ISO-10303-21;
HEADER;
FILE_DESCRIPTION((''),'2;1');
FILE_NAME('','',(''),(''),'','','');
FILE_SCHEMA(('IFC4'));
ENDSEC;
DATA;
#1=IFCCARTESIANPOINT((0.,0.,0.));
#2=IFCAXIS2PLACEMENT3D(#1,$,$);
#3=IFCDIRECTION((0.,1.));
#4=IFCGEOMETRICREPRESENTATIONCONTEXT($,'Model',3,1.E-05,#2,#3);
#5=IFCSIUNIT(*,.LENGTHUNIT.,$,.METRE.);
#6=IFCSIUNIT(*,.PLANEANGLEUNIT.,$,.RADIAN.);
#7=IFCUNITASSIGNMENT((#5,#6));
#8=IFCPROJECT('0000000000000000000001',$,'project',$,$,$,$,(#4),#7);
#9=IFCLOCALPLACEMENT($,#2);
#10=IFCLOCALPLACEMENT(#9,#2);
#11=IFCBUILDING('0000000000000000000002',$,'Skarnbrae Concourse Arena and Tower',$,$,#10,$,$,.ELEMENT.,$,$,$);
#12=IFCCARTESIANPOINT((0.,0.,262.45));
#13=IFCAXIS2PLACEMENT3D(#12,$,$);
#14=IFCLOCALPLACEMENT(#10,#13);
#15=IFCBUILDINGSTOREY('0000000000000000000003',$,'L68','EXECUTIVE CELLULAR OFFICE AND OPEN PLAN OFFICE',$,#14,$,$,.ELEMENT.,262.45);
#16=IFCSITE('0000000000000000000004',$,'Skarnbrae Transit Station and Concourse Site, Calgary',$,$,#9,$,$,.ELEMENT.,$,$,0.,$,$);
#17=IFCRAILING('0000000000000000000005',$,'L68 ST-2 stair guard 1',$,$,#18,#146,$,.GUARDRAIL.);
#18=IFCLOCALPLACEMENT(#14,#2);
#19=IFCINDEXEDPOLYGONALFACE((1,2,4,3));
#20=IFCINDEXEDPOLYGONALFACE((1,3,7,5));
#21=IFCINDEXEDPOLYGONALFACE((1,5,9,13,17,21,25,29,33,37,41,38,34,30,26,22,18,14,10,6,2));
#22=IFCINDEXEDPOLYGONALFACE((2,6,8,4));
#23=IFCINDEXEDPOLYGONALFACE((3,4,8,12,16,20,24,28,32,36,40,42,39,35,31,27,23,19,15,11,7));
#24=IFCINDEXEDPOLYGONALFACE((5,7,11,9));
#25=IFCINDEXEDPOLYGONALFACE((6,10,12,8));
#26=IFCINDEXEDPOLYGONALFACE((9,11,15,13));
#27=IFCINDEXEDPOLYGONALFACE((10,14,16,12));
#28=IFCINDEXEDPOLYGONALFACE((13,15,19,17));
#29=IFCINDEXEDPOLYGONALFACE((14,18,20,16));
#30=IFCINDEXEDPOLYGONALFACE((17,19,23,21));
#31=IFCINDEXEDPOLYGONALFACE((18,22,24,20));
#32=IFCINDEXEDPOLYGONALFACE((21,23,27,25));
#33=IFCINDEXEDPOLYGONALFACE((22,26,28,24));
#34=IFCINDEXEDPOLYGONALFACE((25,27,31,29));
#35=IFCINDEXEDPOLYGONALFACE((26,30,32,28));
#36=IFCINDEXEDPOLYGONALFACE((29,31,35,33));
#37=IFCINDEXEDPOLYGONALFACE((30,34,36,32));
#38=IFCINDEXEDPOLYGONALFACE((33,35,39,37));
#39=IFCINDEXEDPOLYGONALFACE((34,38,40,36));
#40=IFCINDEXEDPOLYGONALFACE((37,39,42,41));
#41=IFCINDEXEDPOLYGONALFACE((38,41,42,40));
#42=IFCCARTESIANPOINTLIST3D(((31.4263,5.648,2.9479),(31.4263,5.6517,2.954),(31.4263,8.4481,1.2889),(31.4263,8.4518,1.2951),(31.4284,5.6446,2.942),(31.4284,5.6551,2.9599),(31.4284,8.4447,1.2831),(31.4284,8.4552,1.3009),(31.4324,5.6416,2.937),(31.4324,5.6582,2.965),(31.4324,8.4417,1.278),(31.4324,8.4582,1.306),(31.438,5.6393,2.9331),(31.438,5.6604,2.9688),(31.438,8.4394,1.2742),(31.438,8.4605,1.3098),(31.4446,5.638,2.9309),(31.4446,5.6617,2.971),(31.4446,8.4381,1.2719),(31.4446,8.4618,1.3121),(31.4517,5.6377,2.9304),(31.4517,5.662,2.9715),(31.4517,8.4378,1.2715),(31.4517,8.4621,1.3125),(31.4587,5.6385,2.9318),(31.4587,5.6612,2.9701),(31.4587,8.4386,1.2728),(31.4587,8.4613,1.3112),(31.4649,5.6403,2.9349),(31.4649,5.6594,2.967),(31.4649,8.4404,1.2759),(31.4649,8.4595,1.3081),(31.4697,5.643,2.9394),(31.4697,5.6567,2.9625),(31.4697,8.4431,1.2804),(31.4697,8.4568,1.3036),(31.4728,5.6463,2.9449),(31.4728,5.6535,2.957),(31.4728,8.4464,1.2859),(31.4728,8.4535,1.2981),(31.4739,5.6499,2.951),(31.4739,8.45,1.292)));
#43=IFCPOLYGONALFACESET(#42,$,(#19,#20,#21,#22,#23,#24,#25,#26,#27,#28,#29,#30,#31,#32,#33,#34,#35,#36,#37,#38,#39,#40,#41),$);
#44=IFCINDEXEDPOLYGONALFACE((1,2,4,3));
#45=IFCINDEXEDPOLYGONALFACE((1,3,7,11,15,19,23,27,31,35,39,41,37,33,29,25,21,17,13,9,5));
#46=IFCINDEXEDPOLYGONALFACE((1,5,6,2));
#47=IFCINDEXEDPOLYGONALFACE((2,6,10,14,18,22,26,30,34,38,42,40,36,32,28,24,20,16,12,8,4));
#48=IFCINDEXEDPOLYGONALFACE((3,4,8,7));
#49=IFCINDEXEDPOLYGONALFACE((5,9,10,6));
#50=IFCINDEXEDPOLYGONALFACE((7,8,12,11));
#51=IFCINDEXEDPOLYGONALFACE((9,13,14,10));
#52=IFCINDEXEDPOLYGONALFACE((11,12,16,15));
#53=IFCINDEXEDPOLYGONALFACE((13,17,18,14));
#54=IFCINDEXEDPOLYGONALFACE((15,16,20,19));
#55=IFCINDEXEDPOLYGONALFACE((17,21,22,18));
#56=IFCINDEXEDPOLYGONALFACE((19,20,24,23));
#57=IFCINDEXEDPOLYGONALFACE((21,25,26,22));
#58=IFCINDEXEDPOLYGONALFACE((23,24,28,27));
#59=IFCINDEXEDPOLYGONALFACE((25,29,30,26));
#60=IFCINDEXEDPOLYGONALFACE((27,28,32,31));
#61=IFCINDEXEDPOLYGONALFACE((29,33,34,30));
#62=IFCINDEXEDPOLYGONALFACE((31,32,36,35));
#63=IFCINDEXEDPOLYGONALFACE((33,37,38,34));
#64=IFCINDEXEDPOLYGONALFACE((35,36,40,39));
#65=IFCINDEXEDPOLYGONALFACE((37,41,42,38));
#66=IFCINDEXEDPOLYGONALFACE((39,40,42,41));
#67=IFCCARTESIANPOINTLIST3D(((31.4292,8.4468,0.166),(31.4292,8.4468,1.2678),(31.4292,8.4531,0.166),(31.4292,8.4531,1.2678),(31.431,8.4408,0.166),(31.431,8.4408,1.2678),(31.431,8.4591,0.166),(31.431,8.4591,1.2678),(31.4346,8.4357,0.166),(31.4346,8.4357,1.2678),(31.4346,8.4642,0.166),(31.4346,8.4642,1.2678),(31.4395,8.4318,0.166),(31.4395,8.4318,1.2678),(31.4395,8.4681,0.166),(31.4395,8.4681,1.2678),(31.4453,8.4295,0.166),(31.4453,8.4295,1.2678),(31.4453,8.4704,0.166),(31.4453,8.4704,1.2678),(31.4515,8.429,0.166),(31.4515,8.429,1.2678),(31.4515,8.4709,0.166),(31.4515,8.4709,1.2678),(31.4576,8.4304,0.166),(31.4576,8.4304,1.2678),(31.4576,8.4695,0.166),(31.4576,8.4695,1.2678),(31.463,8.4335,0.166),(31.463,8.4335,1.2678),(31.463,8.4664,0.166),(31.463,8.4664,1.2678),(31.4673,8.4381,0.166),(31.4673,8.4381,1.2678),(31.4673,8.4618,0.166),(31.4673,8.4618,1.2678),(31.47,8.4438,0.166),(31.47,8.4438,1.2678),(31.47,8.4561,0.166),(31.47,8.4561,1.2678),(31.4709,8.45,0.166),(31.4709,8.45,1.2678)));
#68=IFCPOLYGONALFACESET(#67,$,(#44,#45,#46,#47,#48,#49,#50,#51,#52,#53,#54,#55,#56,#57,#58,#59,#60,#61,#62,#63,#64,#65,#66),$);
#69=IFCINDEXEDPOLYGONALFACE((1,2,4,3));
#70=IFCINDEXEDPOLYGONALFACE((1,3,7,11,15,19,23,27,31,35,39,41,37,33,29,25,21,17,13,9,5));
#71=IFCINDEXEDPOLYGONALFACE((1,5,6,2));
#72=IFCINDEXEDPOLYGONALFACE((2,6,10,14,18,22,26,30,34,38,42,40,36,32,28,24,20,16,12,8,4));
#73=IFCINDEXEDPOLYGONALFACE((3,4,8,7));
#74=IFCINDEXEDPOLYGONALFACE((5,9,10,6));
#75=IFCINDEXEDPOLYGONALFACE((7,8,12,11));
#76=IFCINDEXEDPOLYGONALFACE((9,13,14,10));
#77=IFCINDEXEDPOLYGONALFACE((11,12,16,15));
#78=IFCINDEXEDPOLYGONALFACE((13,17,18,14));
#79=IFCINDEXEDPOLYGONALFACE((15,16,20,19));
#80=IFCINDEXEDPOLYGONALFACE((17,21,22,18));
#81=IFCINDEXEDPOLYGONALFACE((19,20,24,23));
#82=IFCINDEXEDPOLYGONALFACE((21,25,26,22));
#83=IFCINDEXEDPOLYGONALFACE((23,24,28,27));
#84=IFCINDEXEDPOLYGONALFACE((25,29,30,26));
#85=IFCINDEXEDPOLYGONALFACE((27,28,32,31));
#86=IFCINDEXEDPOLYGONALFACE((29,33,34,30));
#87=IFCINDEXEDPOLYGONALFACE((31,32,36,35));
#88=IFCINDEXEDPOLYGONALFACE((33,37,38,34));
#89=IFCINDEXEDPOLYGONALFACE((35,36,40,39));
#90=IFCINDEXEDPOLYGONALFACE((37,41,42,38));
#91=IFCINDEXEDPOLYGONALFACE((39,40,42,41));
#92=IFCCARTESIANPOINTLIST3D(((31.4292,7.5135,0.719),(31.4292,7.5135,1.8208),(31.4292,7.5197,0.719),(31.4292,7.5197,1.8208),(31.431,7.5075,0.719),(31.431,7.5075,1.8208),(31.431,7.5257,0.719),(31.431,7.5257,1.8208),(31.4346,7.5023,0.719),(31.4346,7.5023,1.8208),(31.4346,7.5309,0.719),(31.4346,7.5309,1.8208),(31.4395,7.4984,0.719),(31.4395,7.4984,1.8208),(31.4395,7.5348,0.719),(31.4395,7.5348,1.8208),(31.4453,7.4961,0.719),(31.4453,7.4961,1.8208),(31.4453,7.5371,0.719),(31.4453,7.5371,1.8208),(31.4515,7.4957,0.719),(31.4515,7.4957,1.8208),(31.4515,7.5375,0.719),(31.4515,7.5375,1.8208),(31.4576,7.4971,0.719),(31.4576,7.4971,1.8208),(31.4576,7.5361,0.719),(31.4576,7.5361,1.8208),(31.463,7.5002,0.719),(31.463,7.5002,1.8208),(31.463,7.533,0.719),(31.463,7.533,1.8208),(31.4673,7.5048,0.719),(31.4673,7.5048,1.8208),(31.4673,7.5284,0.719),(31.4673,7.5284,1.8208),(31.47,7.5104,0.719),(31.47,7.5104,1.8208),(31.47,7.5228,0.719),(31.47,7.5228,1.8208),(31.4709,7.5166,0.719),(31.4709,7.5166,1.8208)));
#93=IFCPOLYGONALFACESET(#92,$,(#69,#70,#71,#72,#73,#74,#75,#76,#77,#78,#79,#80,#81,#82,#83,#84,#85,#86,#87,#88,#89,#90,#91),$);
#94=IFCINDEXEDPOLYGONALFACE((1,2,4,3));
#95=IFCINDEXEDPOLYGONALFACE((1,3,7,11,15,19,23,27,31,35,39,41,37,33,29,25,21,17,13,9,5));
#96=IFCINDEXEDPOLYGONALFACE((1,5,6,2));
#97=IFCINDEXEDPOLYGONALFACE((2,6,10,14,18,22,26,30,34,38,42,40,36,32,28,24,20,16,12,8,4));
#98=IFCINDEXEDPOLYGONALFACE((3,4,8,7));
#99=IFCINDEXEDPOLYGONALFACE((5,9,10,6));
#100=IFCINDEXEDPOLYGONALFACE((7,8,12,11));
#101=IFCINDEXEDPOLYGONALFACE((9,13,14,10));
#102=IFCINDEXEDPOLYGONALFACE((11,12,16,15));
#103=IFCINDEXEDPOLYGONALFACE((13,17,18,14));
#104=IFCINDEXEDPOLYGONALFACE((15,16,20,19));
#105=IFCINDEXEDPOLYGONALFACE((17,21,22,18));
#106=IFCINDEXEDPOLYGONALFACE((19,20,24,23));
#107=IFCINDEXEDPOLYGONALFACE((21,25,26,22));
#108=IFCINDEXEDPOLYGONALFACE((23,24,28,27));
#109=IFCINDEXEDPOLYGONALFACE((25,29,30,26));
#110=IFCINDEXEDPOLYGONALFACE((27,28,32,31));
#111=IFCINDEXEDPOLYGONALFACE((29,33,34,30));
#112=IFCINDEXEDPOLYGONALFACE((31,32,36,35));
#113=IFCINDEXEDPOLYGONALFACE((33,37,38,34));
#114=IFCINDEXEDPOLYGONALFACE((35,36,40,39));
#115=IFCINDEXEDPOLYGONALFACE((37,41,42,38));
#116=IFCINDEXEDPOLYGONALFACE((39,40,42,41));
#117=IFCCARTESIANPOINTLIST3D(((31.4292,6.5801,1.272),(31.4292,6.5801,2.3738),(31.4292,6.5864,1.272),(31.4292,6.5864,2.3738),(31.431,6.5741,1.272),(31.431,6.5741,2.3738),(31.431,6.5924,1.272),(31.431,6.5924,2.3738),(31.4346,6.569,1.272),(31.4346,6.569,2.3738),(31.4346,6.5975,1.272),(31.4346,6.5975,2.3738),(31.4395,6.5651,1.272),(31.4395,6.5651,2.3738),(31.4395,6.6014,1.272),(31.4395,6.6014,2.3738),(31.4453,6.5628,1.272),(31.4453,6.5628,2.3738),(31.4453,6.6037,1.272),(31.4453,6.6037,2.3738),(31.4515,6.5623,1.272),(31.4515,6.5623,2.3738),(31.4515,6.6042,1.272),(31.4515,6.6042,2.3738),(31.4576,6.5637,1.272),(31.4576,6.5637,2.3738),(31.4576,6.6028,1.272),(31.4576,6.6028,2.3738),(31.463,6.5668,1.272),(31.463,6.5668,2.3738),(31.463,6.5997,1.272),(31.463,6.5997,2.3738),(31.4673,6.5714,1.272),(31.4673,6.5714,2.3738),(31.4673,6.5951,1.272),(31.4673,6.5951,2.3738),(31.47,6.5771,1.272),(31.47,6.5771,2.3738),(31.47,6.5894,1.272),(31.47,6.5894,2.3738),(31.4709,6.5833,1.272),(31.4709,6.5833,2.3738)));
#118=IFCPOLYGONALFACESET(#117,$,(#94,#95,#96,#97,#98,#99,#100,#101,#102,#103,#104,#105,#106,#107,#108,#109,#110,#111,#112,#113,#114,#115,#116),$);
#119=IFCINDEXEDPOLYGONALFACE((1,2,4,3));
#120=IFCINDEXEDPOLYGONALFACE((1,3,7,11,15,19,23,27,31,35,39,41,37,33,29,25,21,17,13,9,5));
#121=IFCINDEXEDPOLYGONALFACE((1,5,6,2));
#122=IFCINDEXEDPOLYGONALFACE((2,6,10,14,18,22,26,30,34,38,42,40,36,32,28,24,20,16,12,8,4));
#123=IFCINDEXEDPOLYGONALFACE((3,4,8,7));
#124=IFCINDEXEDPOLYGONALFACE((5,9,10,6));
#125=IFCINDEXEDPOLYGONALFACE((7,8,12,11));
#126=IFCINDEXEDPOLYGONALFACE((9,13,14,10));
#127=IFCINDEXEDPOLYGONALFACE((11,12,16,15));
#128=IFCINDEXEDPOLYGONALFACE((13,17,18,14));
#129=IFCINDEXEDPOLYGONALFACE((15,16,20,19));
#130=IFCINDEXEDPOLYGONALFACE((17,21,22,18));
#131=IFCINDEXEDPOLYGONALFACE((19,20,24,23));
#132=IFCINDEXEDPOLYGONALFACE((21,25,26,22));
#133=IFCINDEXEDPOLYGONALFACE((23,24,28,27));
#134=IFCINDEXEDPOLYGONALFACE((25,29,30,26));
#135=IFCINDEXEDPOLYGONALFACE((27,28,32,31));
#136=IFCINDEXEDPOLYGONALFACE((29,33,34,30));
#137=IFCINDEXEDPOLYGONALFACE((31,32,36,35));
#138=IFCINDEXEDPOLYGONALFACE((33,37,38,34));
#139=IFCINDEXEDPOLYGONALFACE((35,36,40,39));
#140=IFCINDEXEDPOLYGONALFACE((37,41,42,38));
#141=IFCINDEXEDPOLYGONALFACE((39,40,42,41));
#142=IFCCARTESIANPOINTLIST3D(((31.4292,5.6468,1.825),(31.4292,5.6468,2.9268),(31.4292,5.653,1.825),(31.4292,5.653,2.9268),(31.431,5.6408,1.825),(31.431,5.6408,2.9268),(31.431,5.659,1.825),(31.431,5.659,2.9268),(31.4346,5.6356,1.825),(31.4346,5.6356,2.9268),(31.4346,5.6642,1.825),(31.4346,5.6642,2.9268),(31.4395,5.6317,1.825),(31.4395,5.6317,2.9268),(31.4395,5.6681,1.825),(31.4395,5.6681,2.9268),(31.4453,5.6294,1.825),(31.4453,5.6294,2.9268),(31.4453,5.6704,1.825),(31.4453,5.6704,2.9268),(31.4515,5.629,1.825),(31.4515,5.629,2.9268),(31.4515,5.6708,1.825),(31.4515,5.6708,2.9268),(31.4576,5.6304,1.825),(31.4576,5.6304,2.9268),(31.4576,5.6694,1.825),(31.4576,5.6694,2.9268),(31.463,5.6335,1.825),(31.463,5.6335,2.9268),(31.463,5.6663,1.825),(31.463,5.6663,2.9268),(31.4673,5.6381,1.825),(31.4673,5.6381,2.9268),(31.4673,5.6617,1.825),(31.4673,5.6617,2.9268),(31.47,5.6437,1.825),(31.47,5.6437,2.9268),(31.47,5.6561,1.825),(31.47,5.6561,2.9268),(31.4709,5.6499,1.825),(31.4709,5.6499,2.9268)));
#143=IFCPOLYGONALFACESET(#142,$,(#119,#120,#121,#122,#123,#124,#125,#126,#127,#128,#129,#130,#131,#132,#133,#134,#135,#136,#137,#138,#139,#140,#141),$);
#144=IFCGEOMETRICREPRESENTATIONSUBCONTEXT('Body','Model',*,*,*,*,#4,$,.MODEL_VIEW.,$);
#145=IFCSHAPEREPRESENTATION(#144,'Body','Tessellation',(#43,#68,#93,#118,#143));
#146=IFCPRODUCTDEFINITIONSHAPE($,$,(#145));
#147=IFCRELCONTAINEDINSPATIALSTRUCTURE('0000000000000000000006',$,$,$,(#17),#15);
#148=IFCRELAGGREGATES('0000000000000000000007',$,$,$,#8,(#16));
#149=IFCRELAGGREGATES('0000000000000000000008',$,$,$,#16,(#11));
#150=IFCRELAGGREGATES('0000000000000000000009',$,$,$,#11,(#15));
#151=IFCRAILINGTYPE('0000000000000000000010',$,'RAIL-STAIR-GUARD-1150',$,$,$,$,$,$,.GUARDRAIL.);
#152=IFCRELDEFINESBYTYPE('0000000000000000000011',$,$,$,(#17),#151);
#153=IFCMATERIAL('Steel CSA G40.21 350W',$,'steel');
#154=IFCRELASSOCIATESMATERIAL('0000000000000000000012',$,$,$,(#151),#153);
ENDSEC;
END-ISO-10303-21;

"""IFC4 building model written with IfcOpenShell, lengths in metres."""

from ifc_helpers import new_model, si_unit, direction, frame, origin, origin_2d, place, context, subcontext, project, spatial, circle, extrude, material, type_object, element, save


model = new_model("IFC4")

# Units and contexts
model_context = context("Model", 3, precision=1e-05, world=origin(), true_north=direction((0.0, 1.0)))
body_context = subcontext(model_context, "Body", "Model", "MODEL_VIEW")
ifc_project = project(units=[si_unit("LENGTHUNIT", "METRE"), si_unit("PLANEANGLEUNIT", "RADIAN")], contexts=[model_context])

# Site, building, storey
site_placement = place(None, origin())
site = spatial("IfcSite", under=ifc_project, at=site_placement, Name="Skarnbrae Transit Station and Concourse Site, Calgary", CompositionType="ELEMENT", RefElevation=0.0)
building_placement = place(site_placement, origin())
building = spatial("IfcBuilding", under=site, at=building_placement, Name="Skarnbrae Concourse Arena and Tower", CompositionType="ELEMENT")
storey_placement = place(building_placement, frame((0.0, 0.0, 262.45)))
storey = spatial("IfcBuildingStorey", under=building, at=storey_placement, Name="L68", Description="EXECUTIVE CELLULAR OFFICE AND OPEN PLAN OFFICE", CompositionType="ELEMENT", Elevation=262.45)

# Shared definitions
ifc_material_1 = material(Name="Steel CSA G40.21 350W", Category="steel")

# Railing
railing_type = type_object("IfcRailingType", Name="RAIL-STAIR-GUARD-1150", PredefinedType="GUARDRAIL", material=ifc_material_1)
railing_1_placement = place(storey_placement, frame((31.45, 8.45, 0.166)))
element("IfcRailing", 1, at=railing_1_placement, inside=storey, type_object=railing_type, Name="L68 ST-2 stair guard 1", PredefinedType="GUARDRAIL", context=body_context, shape_type="SweptSolid", body=[
    extrude(circle(Radius=0.0239, at=origin_2d()), frame((0.0, 0.0, 1.126), z_axis=(0.0, -0.860339, 0.509722), x_axis=(1.0, 0.0, 0.0)), (0.0, 0.0, 1.0), 3.2546),
    extrude(circle(Radius=0.021, at=origin_2d()), origin(), (0.0, 0.0, 1.0), 1.1018),
    extrude(circle(Radius=0.021, at=origin_2d()), frame((0.0, -0.9333, 0.553)), (0.0, 0.0, 1.0), 1.1018),
    extrude(circle(Radius=0.021, at=origin_2d()), frame((0.0, -1.8667, 1.106)), (0.0, 0.0, 1.0), 1.1018),
    extrude(circle(Radius=0.021, at=origin_2d()), frame((0.0, -2.8, 1.6589)), (0.0, 0.0, 1.0), 1.1018),
])

save(model, "model.ifc")
